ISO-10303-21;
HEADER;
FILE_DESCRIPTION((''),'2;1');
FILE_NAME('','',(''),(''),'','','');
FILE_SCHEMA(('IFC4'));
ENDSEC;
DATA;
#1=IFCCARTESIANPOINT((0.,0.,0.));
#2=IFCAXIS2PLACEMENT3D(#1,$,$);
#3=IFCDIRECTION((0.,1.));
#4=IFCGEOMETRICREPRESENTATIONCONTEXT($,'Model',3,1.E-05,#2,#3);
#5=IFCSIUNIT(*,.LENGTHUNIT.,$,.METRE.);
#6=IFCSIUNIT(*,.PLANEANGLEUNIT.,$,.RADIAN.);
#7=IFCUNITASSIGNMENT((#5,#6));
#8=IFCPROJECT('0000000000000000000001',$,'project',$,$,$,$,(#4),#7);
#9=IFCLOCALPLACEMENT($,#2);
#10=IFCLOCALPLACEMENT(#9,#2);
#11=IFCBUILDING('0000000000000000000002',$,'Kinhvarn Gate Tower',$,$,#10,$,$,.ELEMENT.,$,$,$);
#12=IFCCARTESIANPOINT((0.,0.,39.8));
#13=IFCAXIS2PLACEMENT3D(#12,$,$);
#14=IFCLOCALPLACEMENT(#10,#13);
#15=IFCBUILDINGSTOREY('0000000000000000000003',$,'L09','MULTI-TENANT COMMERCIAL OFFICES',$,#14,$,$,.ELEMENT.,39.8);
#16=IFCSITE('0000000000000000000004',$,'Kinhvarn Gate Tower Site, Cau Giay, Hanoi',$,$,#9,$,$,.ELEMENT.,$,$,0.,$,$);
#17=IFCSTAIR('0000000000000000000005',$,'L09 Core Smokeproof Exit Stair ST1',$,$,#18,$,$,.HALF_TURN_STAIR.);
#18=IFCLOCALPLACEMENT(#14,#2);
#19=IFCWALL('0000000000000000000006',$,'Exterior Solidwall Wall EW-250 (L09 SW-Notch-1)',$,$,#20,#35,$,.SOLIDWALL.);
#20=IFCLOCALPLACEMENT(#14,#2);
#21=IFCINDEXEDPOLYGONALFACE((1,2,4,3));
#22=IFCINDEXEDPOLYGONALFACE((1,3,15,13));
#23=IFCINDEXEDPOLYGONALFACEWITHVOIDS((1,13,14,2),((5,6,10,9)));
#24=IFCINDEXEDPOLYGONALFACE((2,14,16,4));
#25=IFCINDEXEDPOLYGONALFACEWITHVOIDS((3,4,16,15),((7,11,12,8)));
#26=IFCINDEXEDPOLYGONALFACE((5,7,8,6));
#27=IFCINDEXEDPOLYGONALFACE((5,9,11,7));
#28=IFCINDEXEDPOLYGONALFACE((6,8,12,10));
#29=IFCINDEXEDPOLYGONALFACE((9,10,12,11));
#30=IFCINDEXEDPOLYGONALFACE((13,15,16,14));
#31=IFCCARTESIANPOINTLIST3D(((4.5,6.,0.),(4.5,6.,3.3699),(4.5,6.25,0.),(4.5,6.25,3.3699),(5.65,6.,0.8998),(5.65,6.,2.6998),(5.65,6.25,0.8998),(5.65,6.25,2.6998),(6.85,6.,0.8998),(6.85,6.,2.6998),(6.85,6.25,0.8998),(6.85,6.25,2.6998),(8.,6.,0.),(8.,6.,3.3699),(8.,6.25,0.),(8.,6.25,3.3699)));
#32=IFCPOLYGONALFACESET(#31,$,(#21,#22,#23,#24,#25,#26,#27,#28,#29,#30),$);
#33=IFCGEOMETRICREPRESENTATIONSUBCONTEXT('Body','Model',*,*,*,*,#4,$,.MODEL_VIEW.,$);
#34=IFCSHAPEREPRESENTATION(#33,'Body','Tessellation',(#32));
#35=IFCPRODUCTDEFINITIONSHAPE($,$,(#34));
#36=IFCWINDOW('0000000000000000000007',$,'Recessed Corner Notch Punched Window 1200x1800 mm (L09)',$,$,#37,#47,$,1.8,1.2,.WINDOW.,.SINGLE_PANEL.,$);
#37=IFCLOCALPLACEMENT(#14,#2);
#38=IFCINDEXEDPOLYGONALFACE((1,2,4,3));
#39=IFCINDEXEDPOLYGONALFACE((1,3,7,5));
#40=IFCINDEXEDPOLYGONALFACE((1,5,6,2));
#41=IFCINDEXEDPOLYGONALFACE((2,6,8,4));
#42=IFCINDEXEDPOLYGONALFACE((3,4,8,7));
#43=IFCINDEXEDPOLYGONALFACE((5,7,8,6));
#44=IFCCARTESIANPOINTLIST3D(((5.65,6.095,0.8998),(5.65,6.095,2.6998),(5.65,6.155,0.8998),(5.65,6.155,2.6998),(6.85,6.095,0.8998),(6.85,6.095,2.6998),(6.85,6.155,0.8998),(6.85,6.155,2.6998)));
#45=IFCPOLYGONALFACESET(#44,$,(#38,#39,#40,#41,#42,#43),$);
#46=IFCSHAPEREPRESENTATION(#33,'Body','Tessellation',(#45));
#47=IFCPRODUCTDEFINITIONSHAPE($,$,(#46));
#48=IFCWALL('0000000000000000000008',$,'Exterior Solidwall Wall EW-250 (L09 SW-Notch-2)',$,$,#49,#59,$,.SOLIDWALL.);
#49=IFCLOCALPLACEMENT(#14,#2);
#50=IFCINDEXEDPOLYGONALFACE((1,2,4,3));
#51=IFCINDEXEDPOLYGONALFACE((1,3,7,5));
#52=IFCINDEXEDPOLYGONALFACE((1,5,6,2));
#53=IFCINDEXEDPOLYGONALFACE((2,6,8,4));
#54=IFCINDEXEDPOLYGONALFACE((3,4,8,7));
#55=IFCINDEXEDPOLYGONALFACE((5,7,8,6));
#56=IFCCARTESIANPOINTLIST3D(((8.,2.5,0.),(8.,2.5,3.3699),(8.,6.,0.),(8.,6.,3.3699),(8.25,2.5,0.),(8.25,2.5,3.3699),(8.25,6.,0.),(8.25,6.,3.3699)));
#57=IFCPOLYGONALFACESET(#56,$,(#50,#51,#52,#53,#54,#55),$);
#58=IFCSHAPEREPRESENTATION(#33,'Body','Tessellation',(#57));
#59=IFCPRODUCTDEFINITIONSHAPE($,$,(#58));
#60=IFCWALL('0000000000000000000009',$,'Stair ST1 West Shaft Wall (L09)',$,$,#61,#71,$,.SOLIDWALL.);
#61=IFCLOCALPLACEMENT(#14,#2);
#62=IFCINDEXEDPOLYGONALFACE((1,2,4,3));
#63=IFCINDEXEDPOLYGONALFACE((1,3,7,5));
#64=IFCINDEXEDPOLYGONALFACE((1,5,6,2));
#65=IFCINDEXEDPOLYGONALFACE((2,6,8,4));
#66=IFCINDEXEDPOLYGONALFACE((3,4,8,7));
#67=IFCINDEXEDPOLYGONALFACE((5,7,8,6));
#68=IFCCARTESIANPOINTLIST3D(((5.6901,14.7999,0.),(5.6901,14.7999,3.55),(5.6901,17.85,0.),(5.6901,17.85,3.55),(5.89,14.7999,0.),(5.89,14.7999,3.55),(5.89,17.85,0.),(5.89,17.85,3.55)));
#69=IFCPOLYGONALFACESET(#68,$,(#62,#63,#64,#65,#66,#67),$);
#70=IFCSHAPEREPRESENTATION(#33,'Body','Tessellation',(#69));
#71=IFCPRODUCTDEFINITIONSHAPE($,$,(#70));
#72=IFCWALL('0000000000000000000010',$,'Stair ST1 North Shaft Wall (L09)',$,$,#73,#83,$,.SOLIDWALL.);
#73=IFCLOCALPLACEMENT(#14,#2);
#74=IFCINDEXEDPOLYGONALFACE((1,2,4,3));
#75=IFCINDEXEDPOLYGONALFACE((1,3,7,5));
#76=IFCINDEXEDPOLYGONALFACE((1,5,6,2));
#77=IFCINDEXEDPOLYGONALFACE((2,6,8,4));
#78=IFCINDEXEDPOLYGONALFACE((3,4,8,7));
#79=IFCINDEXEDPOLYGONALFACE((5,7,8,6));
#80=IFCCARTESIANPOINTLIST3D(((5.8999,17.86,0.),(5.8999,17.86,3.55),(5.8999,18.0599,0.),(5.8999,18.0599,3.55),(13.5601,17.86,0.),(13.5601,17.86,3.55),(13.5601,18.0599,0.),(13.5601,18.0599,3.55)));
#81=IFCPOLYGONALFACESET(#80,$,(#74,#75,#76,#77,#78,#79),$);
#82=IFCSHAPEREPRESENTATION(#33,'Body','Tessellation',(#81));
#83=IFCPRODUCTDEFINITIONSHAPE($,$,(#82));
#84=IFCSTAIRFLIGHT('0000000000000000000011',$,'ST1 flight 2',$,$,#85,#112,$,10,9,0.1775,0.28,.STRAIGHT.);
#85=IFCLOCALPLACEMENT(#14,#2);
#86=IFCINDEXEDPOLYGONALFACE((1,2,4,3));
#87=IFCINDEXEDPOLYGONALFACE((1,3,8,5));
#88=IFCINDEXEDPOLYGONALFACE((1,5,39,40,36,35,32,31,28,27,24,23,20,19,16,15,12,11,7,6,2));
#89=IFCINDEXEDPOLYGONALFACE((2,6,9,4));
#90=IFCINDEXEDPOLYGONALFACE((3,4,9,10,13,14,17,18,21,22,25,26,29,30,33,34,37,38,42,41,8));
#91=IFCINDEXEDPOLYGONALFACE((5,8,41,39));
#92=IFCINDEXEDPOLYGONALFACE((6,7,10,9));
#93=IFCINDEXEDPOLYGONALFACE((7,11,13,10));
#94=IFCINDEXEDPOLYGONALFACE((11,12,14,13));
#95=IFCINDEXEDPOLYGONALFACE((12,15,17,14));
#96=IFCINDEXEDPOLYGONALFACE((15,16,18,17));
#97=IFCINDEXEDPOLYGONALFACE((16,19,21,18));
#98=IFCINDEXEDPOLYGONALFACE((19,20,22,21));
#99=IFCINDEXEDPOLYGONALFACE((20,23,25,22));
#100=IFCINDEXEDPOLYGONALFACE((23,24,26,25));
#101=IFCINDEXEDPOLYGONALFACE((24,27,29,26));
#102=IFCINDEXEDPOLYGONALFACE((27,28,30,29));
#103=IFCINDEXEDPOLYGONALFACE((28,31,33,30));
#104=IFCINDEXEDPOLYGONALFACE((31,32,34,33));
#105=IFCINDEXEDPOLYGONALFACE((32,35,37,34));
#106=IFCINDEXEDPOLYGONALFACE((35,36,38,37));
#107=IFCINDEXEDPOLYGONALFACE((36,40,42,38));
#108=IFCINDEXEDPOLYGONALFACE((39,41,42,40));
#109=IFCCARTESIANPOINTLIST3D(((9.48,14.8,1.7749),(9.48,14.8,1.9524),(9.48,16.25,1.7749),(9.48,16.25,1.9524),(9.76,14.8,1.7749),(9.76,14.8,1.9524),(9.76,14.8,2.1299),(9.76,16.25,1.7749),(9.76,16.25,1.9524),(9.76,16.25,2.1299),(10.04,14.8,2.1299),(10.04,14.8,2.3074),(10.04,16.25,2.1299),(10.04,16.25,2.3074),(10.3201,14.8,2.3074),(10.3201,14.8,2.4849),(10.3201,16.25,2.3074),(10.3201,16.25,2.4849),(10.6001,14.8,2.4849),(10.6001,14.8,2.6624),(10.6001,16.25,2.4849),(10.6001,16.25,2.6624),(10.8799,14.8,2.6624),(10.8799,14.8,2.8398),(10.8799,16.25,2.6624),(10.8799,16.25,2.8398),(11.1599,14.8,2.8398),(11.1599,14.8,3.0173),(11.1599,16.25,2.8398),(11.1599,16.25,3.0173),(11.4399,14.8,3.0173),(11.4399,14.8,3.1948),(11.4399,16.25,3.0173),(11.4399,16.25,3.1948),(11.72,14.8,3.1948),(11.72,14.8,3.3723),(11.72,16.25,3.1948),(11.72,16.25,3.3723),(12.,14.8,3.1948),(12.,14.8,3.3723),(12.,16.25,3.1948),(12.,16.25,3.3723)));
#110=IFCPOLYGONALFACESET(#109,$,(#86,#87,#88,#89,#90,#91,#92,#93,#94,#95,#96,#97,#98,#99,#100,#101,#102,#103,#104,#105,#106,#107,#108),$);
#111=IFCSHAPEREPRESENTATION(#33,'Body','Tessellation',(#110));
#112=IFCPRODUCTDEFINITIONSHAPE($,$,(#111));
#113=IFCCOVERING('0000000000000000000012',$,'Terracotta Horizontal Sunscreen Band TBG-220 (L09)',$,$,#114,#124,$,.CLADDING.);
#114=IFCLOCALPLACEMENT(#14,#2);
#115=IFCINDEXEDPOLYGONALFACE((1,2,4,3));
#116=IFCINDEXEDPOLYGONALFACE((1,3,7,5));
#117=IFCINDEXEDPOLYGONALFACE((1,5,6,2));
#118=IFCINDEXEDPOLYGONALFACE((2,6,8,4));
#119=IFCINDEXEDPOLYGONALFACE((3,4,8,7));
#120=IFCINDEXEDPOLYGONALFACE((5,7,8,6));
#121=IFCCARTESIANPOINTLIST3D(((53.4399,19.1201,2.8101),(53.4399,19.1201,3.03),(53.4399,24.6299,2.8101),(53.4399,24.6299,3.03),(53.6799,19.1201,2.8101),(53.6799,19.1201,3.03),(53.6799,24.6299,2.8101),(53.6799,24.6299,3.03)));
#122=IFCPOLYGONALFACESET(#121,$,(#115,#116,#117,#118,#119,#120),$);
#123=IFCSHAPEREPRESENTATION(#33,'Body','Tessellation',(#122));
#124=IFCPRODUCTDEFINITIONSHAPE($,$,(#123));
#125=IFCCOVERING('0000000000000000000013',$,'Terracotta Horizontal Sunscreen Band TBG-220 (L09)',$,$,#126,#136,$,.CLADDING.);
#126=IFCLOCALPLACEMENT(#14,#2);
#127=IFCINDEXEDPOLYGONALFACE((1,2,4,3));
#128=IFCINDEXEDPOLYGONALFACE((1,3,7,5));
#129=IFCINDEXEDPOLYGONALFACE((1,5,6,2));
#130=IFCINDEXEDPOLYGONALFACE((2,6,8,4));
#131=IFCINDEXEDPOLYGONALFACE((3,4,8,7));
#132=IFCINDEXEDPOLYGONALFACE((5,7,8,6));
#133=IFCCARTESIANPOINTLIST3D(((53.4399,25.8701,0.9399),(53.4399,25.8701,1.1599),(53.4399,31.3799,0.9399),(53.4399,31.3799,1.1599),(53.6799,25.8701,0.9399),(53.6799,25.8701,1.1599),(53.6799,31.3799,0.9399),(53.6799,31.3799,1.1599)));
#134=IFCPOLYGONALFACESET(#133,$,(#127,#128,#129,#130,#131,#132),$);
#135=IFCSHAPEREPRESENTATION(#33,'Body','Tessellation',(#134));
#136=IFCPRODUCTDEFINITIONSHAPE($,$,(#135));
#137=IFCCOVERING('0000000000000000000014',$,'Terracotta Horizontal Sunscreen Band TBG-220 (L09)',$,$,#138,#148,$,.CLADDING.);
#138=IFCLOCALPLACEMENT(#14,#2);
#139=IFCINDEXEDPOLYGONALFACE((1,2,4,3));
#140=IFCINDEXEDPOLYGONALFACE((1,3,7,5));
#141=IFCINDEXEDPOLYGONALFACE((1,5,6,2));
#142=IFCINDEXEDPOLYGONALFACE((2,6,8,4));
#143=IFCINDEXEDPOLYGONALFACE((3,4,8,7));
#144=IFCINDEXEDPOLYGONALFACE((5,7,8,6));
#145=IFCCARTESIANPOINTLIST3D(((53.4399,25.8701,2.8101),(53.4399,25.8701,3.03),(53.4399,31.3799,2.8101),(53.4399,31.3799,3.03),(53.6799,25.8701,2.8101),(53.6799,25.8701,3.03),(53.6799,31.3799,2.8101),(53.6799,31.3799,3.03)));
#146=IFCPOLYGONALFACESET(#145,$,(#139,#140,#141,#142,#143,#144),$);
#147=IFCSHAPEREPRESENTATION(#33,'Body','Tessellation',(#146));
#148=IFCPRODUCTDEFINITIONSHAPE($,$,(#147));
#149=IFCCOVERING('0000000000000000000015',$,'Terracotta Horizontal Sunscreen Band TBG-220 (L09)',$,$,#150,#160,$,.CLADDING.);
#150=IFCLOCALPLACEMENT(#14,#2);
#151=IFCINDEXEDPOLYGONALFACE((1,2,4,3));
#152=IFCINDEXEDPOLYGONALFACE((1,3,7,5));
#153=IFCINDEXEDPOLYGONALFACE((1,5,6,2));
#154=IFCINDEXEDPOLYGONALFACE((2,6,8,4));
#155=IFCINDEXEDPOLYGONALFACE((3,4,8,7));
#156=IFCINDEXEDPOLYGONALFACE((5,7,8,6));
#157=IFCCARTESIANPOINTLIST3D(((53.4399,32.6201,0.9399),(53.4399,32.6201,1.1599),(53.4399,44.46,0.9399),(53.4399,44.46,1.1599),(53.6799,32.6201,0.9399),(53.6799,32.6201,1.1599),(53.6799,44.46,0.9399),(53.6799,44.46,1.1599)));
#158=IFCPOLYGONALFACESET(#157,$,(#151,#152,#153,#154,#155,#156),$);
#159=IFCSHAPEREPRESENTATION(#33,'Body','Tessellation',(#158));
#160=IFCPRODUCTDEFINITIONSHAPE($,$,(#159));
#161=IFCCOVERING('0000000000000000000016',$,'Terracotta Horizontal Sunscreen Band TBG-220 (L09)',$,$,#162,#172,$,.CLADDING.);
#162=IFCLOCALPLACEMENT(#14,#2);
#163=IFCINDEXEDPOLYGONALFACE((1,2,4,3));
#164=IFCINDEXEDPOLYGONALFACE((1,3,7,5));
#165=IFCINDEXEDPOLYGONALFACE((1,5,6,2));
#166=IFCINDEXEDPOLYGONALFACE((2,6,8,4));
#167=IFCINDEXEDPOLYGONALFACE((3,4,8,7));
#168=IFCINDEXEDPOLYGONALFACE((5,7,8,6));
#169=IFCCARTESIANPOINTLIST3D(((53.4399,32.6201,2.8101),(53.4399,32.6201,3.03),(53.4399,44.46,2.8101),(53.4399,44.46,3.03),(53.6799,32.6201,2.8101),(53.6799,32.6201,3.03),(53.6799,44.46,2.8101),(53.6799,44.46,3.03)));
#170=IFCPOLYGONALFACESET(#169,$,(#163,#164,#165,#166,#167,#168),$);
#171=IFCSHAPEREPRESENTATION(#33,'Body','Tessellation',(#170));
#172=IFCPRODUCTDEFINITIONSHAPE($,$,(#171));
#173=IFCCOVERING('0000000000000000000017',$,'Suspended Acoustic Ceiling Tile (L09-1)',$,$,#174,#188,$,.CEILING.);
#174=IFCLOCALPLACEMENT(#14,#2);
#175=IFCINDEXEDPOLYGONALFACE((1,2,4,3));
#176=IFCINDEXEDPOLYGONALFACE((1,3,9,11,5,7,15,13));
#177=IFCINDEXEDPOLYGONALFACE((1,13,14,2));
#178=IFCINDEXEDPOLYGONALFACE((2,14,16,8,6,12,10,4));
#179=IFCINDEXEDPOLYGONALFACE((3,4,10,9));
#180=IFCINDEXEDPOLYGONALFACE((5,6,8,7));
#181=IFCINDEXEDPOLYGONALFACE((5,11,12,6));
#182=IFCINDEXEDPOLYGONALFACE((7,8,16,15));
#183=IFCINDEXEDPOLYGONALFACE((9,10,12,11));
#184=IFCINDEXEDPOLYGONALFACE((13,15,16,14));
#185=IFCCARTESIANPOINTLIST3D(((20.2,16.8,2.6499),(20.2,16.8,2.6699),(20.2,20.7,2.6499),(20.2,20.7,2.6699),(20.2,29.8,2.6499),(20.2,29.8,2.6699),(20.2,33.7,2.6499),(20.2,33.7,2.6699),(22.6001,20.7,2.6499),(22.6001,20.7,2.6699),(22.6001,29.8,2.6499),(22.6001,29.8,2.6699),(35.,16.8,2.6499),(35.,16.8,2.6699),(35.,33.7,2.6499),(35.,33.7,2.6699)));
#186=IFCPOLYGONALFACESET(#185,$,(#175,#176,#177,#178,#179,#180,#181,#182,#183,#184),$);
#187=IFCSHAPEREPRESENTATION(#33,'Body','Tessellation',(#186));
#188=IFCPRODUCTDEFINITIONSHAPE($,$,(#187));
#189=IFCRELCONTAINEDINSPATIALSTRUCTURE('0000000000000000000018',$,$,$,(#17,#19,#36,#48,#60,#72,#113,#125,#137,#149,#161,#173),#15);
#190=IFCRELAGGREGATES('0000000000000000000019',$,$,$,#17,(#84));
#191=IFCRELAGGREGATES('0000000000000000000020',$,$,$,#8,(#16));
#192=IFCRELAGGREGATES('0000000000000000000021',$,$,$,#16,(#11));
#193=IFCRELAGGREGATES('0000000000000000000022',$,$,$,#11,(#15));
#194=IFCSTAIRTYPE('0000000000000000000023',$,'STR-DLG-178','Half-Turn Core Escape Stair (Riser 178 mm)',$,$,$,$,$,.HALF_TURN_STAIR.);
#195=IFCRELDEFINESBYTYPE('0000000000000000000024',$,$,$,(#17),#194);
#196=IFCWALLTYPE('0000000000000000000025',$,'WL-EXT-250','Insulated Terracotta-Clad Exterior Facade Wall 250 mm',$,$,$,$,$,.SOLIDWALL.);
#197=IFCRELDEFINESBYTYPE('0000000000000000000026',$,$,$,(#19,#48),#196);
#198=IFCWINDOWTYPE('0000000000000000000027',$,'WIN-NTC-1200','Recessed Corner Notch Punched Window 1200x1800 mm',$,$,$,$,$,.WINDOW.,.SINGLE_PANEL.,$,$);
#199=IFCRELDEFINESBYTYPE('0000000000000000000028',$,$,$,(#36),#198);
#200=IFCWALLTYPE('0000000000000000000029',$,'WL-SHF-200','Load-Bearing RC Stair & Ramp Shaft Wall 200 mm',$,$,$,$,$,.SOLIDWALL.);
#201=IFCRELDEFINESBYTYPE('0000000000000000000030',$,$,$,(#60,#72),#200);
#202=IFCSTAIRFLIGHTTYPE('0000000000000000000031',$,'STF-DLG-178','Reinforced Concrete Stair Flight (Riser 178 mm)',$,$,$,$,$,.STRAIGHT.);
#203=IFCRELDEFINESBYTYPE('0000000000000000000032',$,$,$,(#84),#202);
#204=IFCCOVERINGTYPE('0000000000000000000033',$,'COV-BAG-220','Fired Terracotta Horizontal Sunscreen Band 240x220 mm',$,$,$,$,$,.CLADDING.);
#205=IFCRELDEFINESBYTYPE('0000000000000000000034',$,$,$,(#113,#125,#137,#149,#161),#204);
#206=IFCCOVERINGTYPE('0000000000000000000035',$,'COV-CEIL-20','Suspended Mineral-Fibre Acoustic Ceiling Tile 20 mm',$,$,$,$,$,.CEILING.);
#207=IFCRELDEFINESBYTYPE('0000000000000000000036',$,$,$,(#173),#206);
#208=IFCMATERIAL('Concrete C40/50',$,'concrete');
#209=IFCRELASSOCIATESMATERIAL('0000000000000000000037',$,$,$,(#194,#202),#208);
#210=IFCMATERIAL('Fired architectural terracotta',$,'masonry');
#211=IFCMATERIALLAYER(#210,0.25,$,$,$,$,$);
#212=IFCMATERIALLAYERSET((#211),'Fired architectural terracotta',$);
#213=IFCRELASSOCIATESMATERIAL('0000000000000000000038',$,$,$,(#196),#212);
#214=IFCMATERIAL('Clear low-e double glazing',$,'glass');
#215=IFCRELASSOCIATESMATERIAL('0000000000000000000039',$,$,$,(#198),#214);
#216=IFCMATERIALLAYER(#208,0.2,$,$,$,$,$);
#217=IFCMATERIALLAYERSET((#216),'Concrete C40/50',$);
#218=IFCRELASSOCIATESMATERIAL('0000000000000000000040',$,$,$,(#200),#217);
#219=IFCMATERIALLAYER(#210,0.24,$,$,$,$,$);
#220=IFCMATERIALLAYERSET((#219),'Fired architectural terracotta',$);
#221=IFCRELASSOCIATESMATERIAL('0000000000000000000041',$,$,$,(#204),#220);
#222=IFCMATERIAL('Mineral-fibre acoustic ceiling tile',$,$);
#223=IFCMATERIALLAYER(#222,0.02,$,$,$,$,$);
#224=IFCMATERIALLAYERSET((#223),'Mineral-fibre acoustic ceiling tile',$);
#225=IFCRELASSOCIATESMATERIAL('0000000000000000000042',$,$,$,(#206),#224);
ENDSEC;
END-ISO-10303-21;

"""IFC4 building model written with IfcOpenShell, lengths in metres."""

from ifc_helpers import new_model, si_unit, direction, frame, frame_2d, origin, place, context, subcontext, project, spatial, polyline, rectangle, outline, extrude, material, layer, layer_set, type_object, element, fill, aggregate, save


model = new_model("IFC4")

# Units and contexts
model_context = context("Model", 3, precision=1e-05, world=origin(), true_north=direction((0.0, 1.0)))
body_context = subcontext(model_context, "Body", "Model", "MODEL_VIEW")
ifc_project = project(units=[si_unit("LENGTHUNIT", "METRE"), si_unit("PLANEANGLEUNIT", "RADIAN")], contexts=[model_context])

# Site, building, storey
site_placement = place(None, origin())
site = spatial("IfcSite", under=ifc_project, at=site_placement, Name="Kinhvarn Gate Tower Site, Cau Giay, Hanoi", CompositionType="ELEMENT", RefElevation=0.0)
building_placement = place(site_placement, origin())
building = spatial("IfcBuilding", under=site, at=building_placement, Name="Kinhvarn Gate Tower", CompositionType="ELEMENT")
storey_placement = place(building_placement, frame((0.0, 0.0, 39.8)))
storey = spatial("IfcBuildingStorey", under=building, at=storey_placement, Name="L09", Description="MULTI-TENANT COMMERCIAL OFFICES", CompositionType="ELEMENT", Elevation=39.8)

# Shared definitions
ifc_material_1 = material(Name="Clear low-e double glazing", Category="glass")

# Stair
ifc_material_2 = material(Name="Concrete C40/50", Category="concrete")
stair_type = type_object("IfcStairType", Name="STR-DLG-178", Description="Half-Turn Core Escape Stair (Riser 178 mm)", PredefinedType="HALF_TURN_STAIR", material=ifc_material_2)
stair_1_placement = place(storey_placement, origin())
stair_1 = element("IfcStair", 1, at=stair_1_placement, inside=storey, type_object=stair_type, Name="L09 Core Smokeproof Exit Stair ST1", PredefinedType="HALF_TURN_STAIR")

# Wall, opening, window
ifc_material_3 = material(Name="Fired architectural terracotta", Category="masonry")
ifc_layer_1 = layer(ifc_material_3, 0.25)
ifc_layer_set_1 = layer_set([ifc_layer_1], Name="Fired architectural terracotta")
wall_type_1 = type_object("IfcWallType", Name="WL-EXT-250", Description="Insulated Terracotta-Clad Exterior Facade Wall 250 mm", PredefinedType="SOLIDWALL", material=ifc_layer_set_1)
wall_1_placement = place(storey_placement, frame((4.5, 6.125, 0.0), z_axis=(0.0, 0.0, 1.0), x_axis=(1.0, 0.0, 0.0)))
wall_1 = element("IfcWall", 2, at=wall_1_placement, inside=storey, type_object=wall_type_1, Name="Exterior Solidwall Wall EW-250 (L09 SW-Notch-1)", PredefinedType="SOLIDWALL", context=body_context, shape_type="SweptSolid", body=[
    extrude(rectangle(XDim=3.5, YDim=0.25, at=frame_2d((1.75, 0.0))), origin(), (0.0, 0.0, 1.0), 3.3699),
])
opening_1_placement = place(wall_1_placement, frame((1.1499, 0.0, 0.8999)))
opening_1 = element("IfcOpeningElement", 3, at=opening_1_placement, cuts=wall_1, PredefinedType="OPENING", context=body_context, shape_type="SweptSolid", body=[
    extrude(rectangle(XDim=1.2, YDim=1.8, at=frame_2d((0.6001, 0.8999))), frame((0.0, 0.135, 0.0), z_axis=(0.0, -1.0, 0.0), x_axis=(1.0, 0.0, 0.0)), (0.0, 0.0, 1.0), 0.27),
])
window_type_1 = type_object("IfcWindowType", Name="WIN-NTC-1200", Description="Recessed Corner Notch Punched Window 1200x1800 mm", PartitioningType="SINGLE_PANEL", PredefinedType="WINDOW", material=ifc_material_1)
window_1_placement = place(opening_1_placement, origin())
window_1 = element("IfcWindow", 4, at=window_1_placement, inside=storey, type_object=window_type_1, Name="Recessed Corner Notch Punched Window 1200x1800 mm (L09)", OverallHeight=1.8, OverallWidth=1.2, PartitioningType="SINGLE_PANEL", PredefinedType="WINDOW", context=body_context, shape_type="SweptSolid", body=[
    extrude(rectangle(XDim=1.2, YDim=1.8, at=frame_2d((0.6001, 0.8999))), frame((0.0, 0.03, 0.0), z_axis=(0.0, -1.0, 0.0), x_axis=(1.0, 0.0, 0.0)), (0.0, 0.0, 1.0), 0.0601),
])
fill(opening_1, window_1)

# Walls
wall_2_placement = place(storey_placement, frame((8.125, 6.0, 0.0), z_axis=(0.0, 0.0, 1.0), x_axis=(0.0, -1.0, 0.0)))
element("IfcWall", 5, at=wall_2_placement, inside=storey, type_object=wall_type_1, Name="Exterior Solidwall Wall EW-250 (L09 SW-Notch-2)", PredefinedType="SOLIDWALL", context=body_context, shape_type="SweptSolid", body=[
    extrude(rectangle(XDim=3.5, YDim=0.25, at=frame_2d((1.75, 0.0))), origin(), (0.0, 0.0, 1.0), 3.3699),
])
ifc_layer_2 = layer(ifc_material_2, 0.2)
ifc_layer_set_2 = layer_set([ifc_layer_2], Name="Concrete C40/50")
wall_type_2 = type_object("IfcWallType", Name="WL-SHF-200", Description="Load-Bearing RC Stair & Ramp Shaft Wall 200 mm", PredefinedType="SOLIDWALL", material=ifc_layer_set_2)
wall_3_placement = place(storey_placement, frame((5.79, 14.8, 0.0), z_axis=(0.0, 0.0, 1.0), x_axis=(0.0, 1.0, 0.0)))
element("IfcWall", 6, at=wall_3_placement, inside=storey, type_object=wall_type_2, Name="Stair ST1 West Shaft Wall (L09)", PredefinedType="SOLIDWALL", context=body_context, shape_type="SweptSolid", body=[
    extrude(rectangle(XDim=3.05, YDim=0.2, at=frame_2d((1.5249, 0.0))), origin(), (0.0, 0.0, 1.0), 3.55),
])
wall_4_placement = place(storey_placement, frame((5.8999, 17.96, 0.0), z_axis=(0.0, 0.0, 1.0), x_axis=(1.0, 0.0, 0.0)))
element("IfcWall", 7, at=wall_4_placement, inside=storey, type_object=wall_type_2, Name="Stair ST1 North Shaft Wall (L09)", PredefinedType="SOLIDWALL", context=body_context, shape_type="SweptSolid", body=[
    extrude(rectangle(XDim=7.6602, YDim=0.2, at=frame_2d((3.8301, 0.0))), origin(), (0.0, 0.0, 1.0), 3.55),
])

# Stair flight
stair_flight_type = type_object("IfcStairFlightType", Name="STF-DLG-178", Description="Reinforced Concrete Stair Flight (Riser 178 mm)", PredefinedType="STRAIGHT", material=ifc_material_2)
stair_flight_placement = place(storey_placement, frame((9.48, 15.5249, 1.7749), z_axis=(0.0, 0.0, 1.0), x_axis=(1.0, 0.0, 0.0)))
stair_flight = element("IfcStairFlight", 8, at=stair_flight_placement, type_object=stair_flight_type, Name="ST1 flight 2", NumberOfRisers=10, NumberOfTreads=9, PredefinedType="STRAIGHT", RiserHeight=0.1775, TreadLength=0.28, context=body_context, shape_type="SweptSolid", body=[
    extrude(outline(polyline([(0.0, 0.0), (0.0, 0.1775), (0.28, 0.1775), (0.28, 0.355), (0.5601, 0.355), (0.5601, 0.5325), (0.8401, 0.5325), (0.8401, 0.71), (1.1201, 0.71), (1.1201, 0.8875), (1.3999, 0.8875), (1.3999, 1.0649), (1.6799, 1.0649), (1.6799, 1.2424), (1.96, 1.2424), (1.96, 1.4199), (2.24, 1.4199), (2.24, 1.5974), (2.52, 1.5974), (2.52, 1.7749), (2.52, 1.4199), (0.28, 0.0), (0.0, 0.0)])), frame((0.0, 0.7251, 0.0), z_axis=(0.0, -1.0, 0.0), x_axis=(1.0, 0.0, 0.0)), (0.0, 0.0, 1.0), 1.45),
])
aggregate(stair_1, [stair_flight])

# Coverings
ifc_layer_3 = layer(ifc_material_3, 0.24)
ifc_layer_set_3 = layer_set([ifc_layer_3], Name="Fired architectural terracotta")
covering_type_1 = type_object("IfcCoveringType", Name="COV-BAG-220", Description="Fired Terracotta Horizontal Sunscreen Band 240x220 mm", PredefinedType="CLADDING", material=ifc_layer_set_3)
covering_1_placement = place(storey_placement, frame((0.0, 0.0, 2.8101)))
element("IfcCovering", 9, at=covering_1_placement, inside=storey, type_object=covering_type_1, Name="Terracotta Horizontal Sunscreen Band TBG-220 (L09)", PredefinedType="CLADDING", context=body_context, shape_type="SweptSolid", body=[
    extrude(outline(polyline([(53.4399, 19.1201), (53.4399, 24.6299), (53.6799, 24.6299), (53.6799, 19.1201), (53.4399, 19.1201)])), origin(), (0.0, 0.0, 1.0), 0.22),
])
for number, where, name in (
    (10, (0.0, 0.0, 0.9399), "Terracotta Horizontal Sunscreen Band TBG-220 (L09)"),
    (11, (0.0, 0.0, 2.8101), "Terracotta Horizontal Sunscreen Band TBG-220 (L09)"),
):
    element("IfcCovering", number, at=place(storey_placement, frame(where)), inside=storey, type_object=covering_type_1, Name=name, PredefinedType="CLADDING", context=body_context, shape_type="SweptSolid", body=[
        extrude(outline(polyline([(53.4399, 25.8701), (53.4399, 31.3799), (53.6799, 31.3799), (53.6799, 25.8701), (53.4399, 25.8701)])), origin(), (0.0, 0.0, 1.0), 0.22),
    ])
for number, where, name in (
    (12, (0.0, 0.0, 0.9399), "Terracotta Horizontal Sunscreen Band TBG-220 (L09)"),
    (13, (0.0, 0.0, 2.8101), "Terracotta Horizontal Sunscreen Band TBG-220 (L09)"),
):
    element("IfcCovering", number, at=place(storey_placement, frame(where)), inside=storey, type_object=covering_type_1, Name=name, PredefinedType="CLADDING", context=body_context, shape_type="SweptSolid", body=[
        extrude(outline(polyline([(53.4399, 32.6201), (53.4399, 44.46), (53.6799, 44.46), (53.6799, 32.6201), (53.4399, 32.6201)])), origin(), (0.0, 0.0, 1.0), 0.22),
    ])
ifc_material_4 = material(Name="Mineral-fibre acoustic ceiling tile")
ifc_layer_4 = layer(ifc_material_4, 0.02)
ifc_layer_set_4 = layer_set([ifc_layer_4], Name="Mineral-fibre acoustic ceiling tile")
covering_type_2 = type_object("IfcCoveringType", Name="COV-CEIL-20", Description="Suspended Mineral-Fibre Acoustic Ceiling Tile 20 mm", PredefinedType="CEILING", material=ifc_layer_set_4)
covering_2_placement = place(storey_placement, frame((0.0, 0.0, 2.6499)))
element("IfcCovering", 14, at=covering_2_placement, inside=storey, type_object=covering_type_2, Name="Suspended Acoustic Ceiling Tile (L09-1)", PredefinedType="CEILING", context=body_context, shape_type="SweptSolid", body=[
    extrude(outline(polyline([(35.0, 33.7), (35.0, 16.8), (20.2, 16.8), (20.2, 20.7), (22.6001, 20.7), (22.6001, 29.8), (20.2, 29.8), (20.2, 33.7), (35.0, 33.7)])), origin(), (0.0, 0.0, 1.0), 0.02),
])

save(model, "model.ifc")
